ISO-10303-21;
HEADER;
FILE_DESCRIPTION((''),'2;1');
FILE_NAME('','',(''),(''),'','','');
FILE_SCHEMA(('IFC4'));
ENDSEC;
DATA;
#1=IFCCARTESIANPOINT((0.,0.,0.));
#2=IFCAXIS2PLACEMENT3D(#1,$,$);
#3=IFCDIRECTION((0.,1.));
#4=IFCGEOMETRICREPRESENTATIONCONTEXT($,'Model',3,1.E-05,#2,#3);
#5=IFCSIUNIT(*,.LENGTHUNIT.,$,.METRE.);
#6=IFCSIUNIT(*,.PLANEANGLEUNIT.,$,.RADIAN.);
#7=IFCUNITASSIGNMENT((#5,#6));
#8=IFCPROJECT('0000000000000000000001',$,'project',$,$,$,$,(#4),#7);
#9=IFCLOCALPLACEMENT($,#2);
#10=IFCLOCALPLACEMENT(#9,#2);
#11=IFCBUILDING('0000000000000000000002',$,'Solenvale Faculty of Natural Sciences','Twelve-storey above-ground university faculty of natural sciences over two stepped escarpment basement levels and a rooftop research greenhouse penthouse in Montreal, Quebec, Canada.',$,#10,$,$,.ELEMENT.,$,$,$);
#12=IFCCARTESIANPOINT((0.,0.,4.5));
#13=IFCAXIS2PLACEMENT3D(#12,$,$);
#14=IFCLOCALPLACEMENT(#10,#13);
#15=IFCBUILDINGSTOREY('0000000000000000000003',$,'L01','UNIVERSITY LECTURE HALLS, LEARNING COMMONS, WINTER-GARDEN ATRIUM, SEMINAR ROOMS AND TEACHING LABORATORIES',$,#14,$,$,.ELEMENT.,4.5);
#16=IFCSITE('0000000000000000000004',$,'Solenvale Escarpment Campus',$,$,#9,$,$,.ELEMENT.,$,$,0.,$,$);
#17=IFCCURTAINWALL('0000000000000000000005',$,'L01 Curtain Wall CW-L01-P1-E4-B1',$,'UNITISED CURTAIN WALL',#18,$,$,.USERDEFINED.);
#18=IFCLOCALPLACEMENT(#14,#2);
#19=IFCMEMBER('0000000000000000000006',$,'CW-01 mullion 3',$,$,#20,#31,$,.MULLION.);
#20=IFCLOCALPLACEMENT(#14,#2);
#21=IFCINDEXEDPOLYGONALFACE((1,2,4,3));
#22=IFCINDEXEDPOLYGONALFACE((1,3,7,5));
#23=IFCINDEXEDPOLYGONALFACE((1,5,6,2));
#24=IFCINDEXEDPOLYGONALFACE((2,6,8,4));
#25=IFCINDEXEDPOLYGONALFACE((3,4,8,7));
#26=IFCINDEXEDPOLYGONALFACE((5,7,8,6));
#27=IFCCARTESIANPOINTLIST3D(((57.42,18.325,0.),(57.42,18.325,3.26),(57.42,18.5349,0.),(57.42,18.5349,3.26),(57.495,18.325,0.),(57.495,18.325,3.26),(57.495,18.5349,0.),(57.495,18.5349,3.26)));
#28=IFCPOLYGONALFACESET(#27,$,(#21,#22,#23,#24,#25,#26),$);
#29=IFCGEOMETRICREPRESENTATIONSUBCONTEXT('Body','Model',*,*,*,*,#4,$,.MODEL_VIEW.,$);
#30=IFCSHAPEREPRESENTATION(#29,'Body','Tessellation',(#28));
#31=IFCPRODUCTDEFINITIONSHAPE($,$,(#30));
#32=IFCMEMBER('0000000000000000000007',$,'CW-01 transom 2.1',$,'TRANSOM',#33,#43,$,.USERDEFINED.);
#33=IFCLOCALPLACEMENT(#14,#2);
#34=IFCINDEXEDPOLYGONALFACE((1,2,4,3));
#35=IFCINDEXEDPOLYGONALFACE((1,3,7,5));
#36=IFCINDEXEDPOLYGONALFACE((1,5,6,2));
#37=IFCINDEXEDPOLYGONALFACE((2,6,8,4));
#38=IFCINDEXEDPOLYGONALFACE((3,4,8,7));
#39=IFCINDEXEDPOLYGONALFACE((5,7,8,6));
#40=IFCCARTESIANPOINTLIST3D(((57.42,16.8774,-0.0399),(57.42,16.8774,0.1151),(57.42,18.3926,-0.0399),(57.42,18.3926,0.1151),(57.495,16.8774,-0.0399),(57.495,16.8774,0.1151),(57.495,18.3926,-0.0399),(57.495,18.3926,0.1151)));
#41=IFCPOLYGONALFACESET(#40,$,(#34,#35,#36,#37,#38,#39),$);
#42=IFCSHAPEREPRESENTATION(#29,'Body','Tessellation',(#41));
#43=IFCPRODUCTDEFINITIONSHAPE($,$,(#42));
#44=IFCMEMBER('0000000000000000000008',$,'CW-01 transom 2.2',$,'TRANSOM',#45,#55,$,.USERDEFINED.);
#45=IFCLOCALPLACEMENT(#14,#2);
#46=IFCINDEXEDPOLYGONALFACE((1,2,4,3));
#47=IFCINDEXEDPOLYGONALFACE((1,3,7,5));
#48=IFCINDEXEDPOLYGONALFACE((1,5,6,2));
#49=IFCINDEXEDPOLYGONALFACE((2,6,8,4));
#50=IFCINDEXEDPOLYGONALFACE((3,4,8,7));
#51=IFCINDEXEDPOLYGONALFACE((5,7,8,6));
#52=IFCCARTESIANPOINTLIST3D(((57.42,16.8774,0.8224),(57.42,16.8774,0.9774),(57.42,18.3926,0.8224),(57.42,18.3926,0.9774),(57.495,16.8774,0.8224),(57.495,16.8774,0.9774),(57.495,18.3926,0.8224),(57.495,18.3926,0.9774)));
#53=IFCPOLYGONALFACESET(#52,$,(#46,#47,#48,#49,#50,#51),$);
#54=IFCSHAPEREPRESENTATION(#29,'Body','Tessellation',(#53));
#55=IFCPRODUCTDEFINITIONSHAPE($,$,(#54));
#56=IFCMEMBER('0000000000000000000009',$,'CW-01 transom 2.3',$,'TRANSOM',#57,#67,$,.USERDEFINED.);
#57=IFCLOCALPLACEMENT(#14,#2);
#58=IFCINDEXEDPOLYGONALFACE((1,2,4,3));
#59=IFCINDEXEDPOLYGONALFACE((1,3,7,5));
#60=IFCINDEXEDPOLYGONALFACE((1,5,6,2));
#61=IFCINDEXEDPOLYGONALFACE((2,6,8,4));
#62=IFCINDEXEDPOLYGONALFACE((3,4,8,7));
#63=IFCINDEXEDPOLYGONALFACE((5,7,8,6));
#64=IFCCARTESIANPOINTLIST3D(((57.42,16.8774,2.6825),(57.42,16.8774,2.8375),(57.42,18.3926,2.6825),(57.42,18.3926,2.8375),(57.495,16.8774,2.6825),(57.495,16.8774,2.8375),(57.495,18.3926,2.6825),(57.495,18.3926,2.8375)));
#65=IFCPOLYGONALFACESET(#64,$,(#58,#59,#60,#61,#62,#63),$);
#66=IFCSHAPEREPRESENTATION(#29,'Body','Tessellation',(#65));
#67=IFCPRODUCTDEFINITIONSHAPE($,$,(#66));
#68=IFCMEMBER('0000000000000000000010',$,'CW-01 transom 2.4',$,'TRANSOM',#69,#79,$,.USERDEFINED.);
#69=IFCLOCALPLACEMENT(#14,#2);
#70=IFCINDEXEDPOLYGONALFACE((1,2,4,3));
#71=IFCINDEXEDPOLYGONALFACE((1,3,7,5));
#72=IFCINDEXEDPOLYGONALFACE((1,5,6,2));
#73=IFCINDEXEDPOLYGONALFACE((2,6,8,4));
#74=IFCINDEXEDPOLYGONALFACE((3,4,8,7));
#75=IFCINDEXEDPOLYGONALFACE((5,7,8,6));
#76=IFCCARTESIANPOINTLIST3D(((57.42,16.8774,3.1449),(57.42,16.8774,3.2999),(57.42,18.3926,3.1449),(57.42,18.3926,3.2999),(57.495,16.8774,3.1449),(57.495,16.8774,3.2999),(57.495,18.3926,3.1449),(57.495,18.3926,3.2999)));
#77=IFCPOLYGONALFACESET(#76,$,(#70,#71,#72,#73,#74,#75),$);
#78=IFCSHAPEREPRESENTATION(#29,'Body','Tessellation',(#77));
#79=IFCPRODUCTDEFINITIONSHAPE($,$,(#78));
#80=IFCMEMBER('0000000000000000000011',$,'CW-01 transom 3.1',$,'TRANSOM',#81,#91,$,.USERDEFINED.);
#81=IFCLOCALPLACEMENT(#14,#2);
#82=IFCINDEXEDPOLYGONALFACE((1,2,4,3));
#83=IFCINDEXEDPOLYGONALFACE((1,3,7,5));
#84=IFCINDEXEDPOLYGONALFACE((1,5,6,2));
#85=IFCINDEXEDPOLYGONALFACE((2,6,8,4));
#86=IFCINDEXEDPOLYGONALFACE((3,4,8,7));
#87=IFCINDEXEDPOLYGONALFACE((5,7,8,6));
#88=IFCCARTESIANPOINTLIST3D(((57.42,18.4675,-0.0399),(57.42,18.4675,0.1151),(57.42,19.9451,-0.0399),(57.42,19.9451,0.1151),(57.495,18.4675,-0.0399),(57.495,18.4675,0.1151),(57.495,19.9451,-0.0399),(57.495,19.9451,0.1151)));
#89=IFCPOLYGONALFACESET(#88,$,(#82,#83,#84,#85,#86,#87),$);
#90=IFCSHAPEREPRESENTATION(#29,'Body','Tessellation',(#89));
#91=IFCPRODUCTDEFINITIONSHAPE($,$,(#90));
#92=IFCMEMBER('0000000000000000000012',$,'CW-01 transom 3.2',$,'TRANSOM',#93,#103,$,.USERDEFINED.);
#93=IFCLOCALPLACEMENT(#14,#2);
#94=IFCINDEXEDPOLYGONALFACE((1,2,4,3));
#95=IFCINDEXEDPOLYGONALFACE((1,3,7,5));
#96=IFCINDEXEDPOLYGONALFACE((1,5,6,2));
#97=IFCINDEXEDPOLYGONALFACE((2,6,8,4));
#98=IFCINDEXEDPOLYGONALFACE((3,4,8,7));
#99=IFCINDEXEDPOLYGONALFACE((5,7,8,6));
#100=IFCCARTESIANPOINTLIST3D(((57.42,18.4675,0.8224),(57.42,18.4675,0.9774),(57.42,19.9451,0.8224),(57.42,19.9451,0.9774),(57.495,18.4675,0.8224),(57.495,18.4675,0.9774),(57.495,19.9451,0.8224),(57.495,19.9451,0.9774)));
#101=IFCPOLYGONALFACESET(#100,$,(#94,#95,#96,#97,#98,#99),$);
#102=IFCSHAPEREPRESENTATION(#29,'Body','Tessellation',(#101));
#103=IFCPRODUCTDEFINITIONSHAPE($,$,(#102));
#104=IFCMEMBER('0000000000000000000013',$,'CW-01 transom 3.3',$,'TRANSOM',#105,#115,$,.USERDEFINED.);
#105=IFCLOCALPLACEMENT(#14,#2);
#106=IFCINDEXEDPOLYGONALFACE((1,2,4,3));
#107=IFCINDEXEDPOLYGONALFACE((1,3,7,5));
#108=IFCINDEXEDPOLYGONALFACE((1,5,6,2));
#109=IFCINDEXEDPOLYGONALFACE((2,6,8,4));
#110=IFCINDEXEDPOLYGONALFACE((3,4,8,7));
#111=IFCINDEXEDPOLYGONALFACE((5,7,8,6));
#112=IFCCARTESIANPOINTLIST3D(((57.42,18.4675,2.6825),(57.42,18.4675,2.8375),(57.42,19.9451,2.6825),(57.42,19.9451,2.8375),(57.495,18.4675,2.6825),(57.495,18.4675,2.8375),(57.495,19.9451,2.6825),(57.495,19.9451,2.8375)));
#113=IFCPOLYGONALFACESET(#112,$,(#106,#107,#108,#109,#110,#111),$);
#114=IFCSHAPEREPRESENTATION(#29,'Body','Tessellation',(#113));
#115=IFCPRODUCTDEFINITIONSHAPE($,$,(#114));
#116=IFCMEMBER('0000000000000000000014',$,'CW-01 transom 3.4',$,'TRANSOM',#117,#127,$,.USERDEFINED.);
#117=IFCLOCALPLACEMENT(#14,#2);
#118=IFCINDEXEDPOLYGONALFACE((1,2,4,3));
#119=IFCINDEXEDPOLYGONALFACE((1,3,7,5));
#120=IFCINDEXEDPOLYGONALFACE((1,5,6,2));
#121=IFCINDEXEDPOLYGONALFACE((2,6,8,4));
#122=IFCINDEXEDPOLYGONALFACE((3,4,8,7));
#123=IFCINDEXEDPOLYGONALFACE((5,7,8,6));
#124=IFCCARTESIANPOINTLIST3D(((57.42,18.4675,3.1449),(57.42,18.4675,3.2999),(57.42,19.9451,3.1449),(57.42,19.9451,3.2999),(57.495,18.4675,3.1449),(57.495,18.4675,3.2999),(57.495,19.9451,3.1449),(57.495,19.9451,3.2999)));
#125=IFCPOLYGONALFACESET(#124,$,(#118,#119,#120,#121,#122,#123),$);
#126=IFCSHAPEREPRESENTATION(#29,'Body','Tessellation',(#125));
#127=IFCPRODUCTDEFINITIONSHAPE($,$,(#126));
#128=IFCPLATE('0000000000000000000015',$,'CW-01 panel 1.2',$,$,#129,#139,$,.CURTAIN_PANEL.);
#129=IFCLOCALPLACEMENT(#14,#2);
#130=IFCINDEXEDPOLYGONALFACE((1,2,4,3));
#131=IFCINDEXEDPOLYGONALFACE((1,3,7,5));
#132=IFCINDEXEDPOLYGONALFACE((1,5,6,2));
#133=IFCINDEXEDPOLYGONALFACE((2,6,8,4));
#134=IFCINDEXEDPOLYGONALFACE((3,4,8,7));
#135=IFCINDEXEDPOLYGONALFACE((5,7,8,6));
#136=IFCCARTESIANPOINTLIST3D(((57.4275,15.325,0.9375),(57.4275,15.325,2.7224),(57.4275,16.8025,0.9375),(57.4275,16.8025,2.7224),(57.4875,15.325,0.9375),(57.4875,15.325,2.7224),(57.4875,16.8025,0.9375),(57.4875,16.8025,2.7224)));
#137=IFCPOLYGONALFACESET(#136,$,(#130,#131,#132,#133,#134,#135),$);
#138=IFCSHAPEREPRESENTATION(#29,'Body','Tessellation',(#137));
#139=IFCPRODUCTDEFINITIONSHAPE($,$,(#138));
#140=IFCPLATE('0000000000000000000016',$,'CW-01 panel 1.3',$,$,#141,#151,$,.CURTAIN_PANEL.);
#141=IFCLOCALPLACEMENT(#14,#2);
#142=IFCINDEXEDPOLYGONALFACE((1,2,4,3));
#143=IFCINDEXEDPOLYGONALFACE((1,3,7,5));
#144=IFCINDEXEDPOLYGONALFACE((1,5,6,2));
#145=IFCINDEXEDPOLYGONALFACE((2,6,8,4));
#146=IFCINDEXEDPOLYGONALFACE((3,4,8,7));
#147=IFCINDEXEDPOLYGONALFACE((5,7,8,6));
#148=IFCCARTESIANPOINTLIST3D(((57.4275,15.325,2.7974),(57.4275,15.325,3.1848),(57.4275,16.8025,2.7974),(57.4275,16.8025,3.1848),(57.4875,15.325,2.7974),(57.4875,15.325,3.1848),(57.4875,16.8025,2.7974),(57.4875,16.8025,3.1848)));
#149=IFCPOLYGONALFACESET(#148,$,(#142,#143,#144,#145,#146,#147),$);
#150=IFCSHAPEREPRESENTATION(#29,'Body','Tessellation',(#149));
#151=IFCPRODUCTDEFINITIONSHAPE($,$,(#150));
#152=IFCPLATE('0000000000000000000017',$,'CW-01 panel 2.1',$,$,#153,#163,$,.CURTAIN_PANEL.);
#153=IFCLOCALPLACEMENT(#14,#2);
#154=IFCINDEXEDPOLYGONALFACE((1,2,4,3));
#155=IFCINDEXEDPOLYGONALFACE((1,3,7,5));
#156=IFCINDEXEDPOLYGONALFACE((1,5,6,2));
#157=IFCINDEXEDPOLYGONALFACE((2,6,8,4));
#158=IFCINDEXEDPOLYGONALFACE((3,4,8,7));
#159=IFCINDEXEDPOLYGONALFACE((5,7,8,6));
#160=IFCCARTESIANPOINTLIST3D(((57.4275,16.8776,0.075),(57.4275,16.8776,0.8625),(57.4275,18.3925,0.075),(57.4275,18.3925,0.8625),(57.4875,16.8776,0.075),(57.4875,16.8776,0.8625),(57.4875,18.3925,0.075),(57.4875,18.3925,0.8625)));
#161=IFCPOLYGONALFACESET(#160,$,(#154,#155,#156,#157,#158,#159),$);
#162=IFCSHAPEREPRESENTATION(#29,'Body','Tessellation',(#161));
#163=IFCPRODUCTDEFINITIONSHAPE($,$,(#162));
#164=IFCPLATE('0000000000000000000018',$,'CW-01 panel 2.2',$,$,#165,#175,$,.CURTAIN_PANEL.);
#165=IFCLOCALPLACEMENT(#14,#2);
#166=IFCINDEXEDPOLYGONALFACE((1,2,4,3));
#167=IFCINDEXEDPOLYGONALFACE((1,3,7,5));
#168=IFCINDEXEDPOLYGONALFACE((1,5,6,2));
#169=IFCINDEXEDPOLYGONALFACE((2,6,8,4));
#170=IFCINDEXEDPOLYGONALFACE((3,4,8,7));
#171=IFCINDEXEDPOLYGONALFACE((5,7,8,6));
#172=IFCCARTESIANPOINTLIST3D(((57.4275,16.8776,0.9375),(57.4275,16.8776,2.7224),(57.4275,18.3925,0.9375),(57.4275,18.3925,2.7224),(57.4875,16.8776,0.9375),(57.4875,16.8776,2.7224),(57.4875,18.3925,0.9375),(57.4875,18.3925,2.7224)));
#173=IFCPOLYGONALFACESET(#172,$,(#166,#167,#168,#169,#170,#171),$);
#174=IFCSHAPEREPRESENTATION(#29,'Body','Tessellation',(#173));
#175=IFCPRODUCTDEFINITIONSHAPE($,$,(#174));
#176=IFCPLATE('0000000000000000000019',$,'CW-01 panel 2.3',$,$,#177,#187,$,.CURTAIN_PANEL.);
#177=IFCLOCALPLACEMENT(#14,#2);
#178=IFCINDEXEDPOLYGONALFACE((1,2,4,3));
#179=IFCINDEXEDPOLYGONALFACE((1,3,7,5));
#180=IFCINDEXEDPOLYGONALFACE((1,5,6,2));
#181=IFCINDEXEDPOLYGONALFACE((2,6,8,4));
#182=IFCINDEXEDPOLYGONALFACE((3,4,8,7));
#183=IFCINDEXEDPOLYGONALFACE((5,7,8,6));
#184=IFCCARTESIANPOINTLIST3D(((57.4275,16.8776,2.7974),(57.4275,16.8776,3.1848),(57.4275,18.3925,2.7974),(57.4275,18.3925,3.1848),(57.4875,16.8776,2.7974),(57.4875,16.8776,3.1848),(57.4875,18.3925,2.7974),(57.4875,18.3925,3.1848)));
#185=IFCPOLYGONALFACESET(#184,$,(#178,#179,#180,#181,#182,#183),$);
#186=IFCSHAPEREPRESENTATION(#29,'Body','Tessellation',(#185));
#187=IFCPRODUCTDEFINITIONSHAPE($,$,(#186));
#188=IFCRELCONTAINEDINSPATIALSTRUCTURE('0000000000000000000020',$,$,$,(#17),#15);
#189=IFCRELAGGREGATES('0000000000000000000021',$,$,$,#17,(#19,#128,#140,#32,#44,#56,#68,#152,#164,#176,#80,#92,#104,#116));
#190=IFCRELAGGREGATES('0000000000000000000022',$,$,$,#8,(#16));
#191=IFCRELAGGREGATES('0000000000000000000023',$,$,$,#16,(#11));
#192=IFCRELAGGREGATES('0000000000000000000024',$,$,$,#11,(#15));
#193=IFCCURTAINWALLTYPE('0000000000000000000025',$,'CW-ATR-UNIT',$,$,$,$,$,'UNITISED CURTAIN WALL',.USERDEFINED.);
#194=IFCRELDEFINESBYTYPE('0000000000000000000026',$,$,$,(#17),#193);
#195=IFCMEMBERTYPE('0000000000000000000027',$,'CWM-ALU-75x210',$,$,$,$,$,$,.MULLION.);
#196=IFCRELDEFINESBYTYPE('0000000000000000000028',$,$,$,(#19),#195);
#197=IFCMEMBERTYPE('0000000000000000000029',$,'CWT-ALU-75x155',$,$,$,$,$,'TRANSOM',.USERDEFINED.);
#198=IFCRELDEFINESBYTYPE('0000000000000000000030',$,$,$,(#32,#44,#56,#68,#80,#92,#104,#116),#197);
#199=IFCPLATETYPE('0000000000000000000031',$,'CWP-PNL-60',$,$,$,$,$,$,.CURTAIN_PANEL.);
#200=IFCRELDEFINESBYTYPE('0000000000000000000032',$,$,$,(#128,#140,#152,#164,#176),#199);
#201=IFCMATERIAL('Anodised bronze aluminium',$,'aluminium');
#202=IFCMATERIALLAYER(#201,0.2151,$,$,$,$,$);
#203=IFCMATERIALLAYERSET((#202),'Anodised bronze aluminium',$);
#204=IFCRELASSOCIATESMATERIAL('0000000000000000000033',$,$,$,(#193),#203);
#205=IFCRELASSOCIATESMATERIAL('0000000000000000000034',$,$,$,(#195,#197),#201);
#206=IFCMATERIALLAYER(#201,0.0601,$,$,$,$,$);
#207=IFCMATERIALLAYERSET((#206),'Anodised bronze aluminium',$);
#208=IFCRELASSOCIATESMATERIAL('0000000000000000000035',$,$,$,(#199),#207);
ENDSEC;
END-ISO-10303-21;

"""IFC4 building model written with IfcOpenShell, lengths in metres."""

from ifc_helpers import new_model, si_unit, direction, frame, origin, origin_2d, place, context, subcontext, project, spatial, rectangle, extrude, material, layer, layer_set, material_profile, profile_set, type_object, element, aggregate, save


model = new_model("IFC4")

# Units and contexts
model_context = context("Model", 3, precision=1e-05, world=origin(), true_north=direction((0.0, 1.0)))
body_context = subcontext(model_context, "Body", "Model", "MODEL_VIEW")
ifc_project = project(units=[si_unit("LENGTHUNIT", "METRE"), si_unit("PLANEANGLEUNIT", "RADIAN")], contexts=[model_context])

# Site, building, storey
site_placement = place(None, origin())
site = spatial("IfcSite", under=ifc_project, at=site_placement, Name="Solenvale Escarpment Campus", CompositionType="ELEMENT", RefElevation=0.0)
building_placement = place(site_placement, origin())
building = spatial("IfcBuilding", under=site, at=building_placement, Name="Solenvale Faculty of Natural Sciences", Description="Twelve-storey above-ground university faculty of natural sciences over two stepped escarpment basement levels and a rooftop research greenhouse penthouse in Montreal, Quebec, Canada.", CompositionType="ELEMENT")
storey_placement = place(building_placement, frame((0.0, 0.0, 4.5)))
storey = spatial("IfcBuildingStorey", under=building, at=storey_placement, Name="L01", Description="UNIVERSITY LECTURE HALLS, LEARNING COMMONS, WINTER-GARDEN ATRIUM, SEMINAR ROOMS AND TEACHING LABORATORIES", CompositionType="ELEMENT", Elevation=4.5)

# Curtain wall, members, plates
ifc_material_1 = material(Name="Anodised bronze aluminium", Category="aluminium")
ifc_layer_1 = layer(ifc_material_1, 0.2151)
ifc_layer_set_1 = layer_set([ifc_layer_1], Name="Anodised bronze aluminium")
curtain_wall_type = type_object("IfcCurtainWallType", Name="CW-ATR-UNIT", ElementType="UNITISED CURTAIN WALL", PredefinedType="USERDEFINED", material=ifc_layer_set_1)
curtain_wall_placement = place(storey_placement, origin())
curtain_wall = element("IfcCurtainWall", 1, at=curtain_wall_placement, inside=storey, type_object=curtain_wall_type, Name="L01 Curtain Wall CW-L01-P1-E4-B1", ObjectType="UNITISED CURTAIN WALL", PredefinedType="USERDEFINED")
ifc_material_profile_1 = material_profile(ifc_material_1, rectangle(XDim=0.075, YDim=0.21, at=origin_2d()), Name="ALU-MUL-75x210")
ifc_profile_set_1 = profile_set([ifc_material_profile_1], Name="Anodised bronze aluminium")
member_type_1 = type_object("IfcMemberType", Name="CWM-ALU-75x210", PredefinedType="MULLION", material=ifc_profile_set_1)
member_1_placement = place(storey_placement, frame((57.4575, 18.4299, 0.0), z_axis=(0.0, 0.0, 1.0), x_axis=(-1.0, 0.0, 0.0)))
member_1 = element("IfcMember", 2, at=member_1_placement, type_object=member_type_1, Name="CW-01 mullion 3", PredefinedType="MULLION", context=body_context, shape_type="SweptSolid", body=[
    extrude(rectangle(XDim=0.075, YDim=0.21, at=origin_2d()), origin(), (0.0, 0.0, 1.0), 3.26),
])
ifc_material_profile_2 = material_profile(ifc_material_1, rectangle(XDim=0.075, YDim=0.155, at=origin_2d()), Name="ALU-TRN-75x155")
ifc_profile_set_2 = profile_set([ifc_material_profile_2], Name="Anodised bronze aluminium")
member_type_2 = type_object("IfcMemberType", Name="CWT-ALU-75x155", ElementType="TRANSOM", PredefinedType="USERDEFINED", material=ifc_profile_set_2)
member_2_placement = place(storey_placement, frame((57.4575, 16.8774, 0.0376), z_axis=(0.0, 1.0, 0.0), x_axis=(-1.0, 0.0, 0.0)))
member_2 = element("IfcMember", 3, at=member_2_placement, type_object=member_type_2, Name="CW-01 transom 2.1", ObjectType="TRANSOM", PredefinedType="USERDEFINED", context=body_context, shape_type="SweptSolid", body=[
    extrude(rectangle(XDim=0.075, YDim=0.155, at=origin_2d()), origin(), (0.0, 0.0, 1.0), 1.5151),
])
member_3_placement = place(storey_placement, frame((57.4575, 16.8774, 0.8999), z_axis=(0.0, 1.0, 0.0), x_axis=(-1.0, 0.0, 0.0)))
member_3 = element("IfcMember", 4, at=member_3_placement, type_object=member_type_2, Name="CW-01 transom 2.2", ObjectType="TRANSOM", PredefinedType="USERDEFINED", context=body_context, shape_type="SweptSolid", body=[
    extrude(rectangle(XDim=0.075, YDim=0.155, at=origin_2d()), origin(), (0.0, 0.0, 1.0), 1.5151),
])
member_4_placement = place(storey_placement, frame((57.4575, 16.8774, 2.76), z_axis=(0.0, 1.0, 0.0), x_axis=(-1.0, 0.0, 0.0)))
member_4 = element("IfcMember", 5, at=member_4_placement, type_object=member_type_2, Name="CW-01 transom 2.3", ObjectType="TRANSOM", PredefinedType="USERDEFINED", context=body_context, shape_type="SweptSolid", body=[
    extrude(rectangle(XDim=0.075, YDim=0.155, at=origin_2d()), origin(), (0.0, 0.0, 1.0), 1.5151),
])
member_5_placement = place(storey_placement, frame((57.4575, 16.8774, 3.2224), z_axis=(0.0, 1.0, 0.0), x_axis=(-1.0, 0.0, 0.0)))
member_5 = element("IfcMember", 6, at=member_5_placement, type_object=member_type_2, Name="CW-01 transom 2.4", ObjectType="TRANSOM", PredefinedType="USERDEFINED", context=body_context, shape_type="SweptSolid", body=[
    extrude(rectangle(XDim=0.075, YDim=0.155, at=origin_2d()), origin(), (0.0, 0.0, 1.0), 1.5151),
])
member_6_placement = place(storey_placement, frame((57.4575, 18.4675, 0.0376), z_axis=(0.0, 1.0, 0.0), x_axis=(-1.0, 0.0, 0.0)))
member_6 = element("IfcMember", 7, at=member_6_placement, type_object=member_type_2, Name="CW-01 transom 3.1", ObjectType="TRANSOM", PredefinedType="USERDEFINED", context=body_context, shape_type="SweptSolid", body=[
    extrude(rectangle(XDim=0.075, YDim=0.155, at=origin_2d()), origin(), (0.0, 0.0, 1.0), 1.4775),
])
member_7_placement = place(storey_placement, frame((57.4575, 18.4675, 0.8999), z_axis=(0.0, 1.0, 0.0), x_axis=(-1.0, 0.0, 0.0)))
member_7 = element("IfcMember", 8, at=member_7_placement, type_object=member_type_2, Name="CW-01 transom 3.2", ObjectType="TRANSOM", PredefinedType="USERDEFINED", context=body_context, shape_type="SweptSolid", body=[
    extrude(rectangle(XDim=0.075, YDim=0.155, at=origin_2d()), origin(), (0.0, 0.0, 1.0), 1.4775),
])
member_8_placement = place(storey_placement, frame((57.4575, 18.4675, 2.76), z_axis=(0.0, 1.0, 0.0), x_axis=(-1.0, 0.0, 0.0)))
member_8 = element("IfcMember", 9, at=member_8_placement, type_object=member_type_2, Name="CW-01 transom 3.3", ObjectType="TRANSOM", PredefinedType="USERDEFINED", context=body_context, shape_type="SweptSolid", body=[
    extrude(rectangle(XDim=0.075, YDim=0.155, at=origin_2d()), origin(), (0.0, 0.0, 1.0), 1.4775),
])
member_9_placement = place(storey_placement, frame((57.4575, 18.4675, 3.2224), z_axis=(0.0, 1.0, 0.0), x_axis=(-1.0, 0.0, 0.0)))
member_9 = element("IfcMember", 10, at=member_9_placement, type_object=member_type_2, Name="CW-01 transom 3.4", ObjectType="TRANSOM", PredefinedType="USERDEFINED", context=body_context, shape_type="SweptSolid", body=[
    extrude(rectangle(XDim=0.075, YDim=0.155, at=origin_2d()), origin(), (0.0, 0.0, 1.0), 1.4775),
])
ifc_layer_2 = layer(ifc_material_1, 0.0601)
ifc_layer_set_2 = layer_set([ifc_layer_2], Name="Anodised bronze aluminium")
plate_type = type_object("IfcPlateType", Name="CWP-PNL-60", PredefinedType="CURTAIN_PANEL", material=ifc_layer_set_2)
plate_1_placement = place(storey_placement, frame((57.4575, 16.0637, 0.9375), z_axis=(0.0, 0.0, 1.0), x_axis=(0.0, 1.0, 0.0)))
plate_1 = element("IfcPlate", 11, at=plate_1_placement, type_object=plate_type, Name="CW-01 panel 1.2", PredefinedType="CURTAIN_PANEL", context=body_context, shape_type="SweptSolid", body=[
    extrude(rectangle(XDim=1.4775, YDim=0.0601, at=origin_2d()), origin(), (0.0, 0.0, 1.0), 1.7849),
])
plate_2_placement = place(storey_placement, frame((57.4575, 16.0637, 2.7974), z_axis=(0.0, 0.0, 1.0), x_axis=(0.0, 1.0, 0.0)))
plate_2 = element("IfcPlate", 12, at=plate_2_placement, type_object=plate_type, Name="CW-01 panel 1.3", PredefinedType="CURTAIN_PANEL", context=body_context, shape_type="SweptSolid", body=[
    extrude(rectangle(XDim=1.4775, YDim=0.0601, at=origin_2d()), origin(), (0.0, 0.0, 1.0), 0.3875),
])
plate_3_placement = place(storey_placement, frame((57.4575, 17.635, 0.075), z_axis=(0.0, 0.0, 1.0), x_axis=(0.0, 1.0, 0.0)))
plate_3 = element("IfcPlate", 13, at=plate_3_placement, type_object=plate_type, Name="CW-01 panel 2.1", PredefinedType="CURTAIN_PANEL", context=body_context, shape_type="SweptSolid", body=[
    extrude(rectangle(XDim=1.5149, YDim=0.0601, at=origin_2d()), origin(), (0.0, 0.0, 1.0), 0.7876),
])
plate_4_placement = place(storey_placement, frame((57.4575, 17.635, 0.9375), z_axis=(0.0, 0.0, 1.0), x_axis=(0.0, 1.0, 0.0)))
plate_4 = element("IfcPlate", 14, at=plate_4_placement, type_object=plate_type, Name="CW-01 panel 2.2", PredefinedType="CURTAIN_PANEL", context=body_context, shape_type="SweptSolid", body=[
    extrude(rectangle(XDim=1.5149, YDim=0.0601, at=origin_2d()), origin(), (0.0, 0.0, 1.0), 1.7849),
])
plate_5_placement = place(storey_placement, frame((57.4575, 17.635, 2.7974), z_axis=(0.0, 0.0, 1.0), x_axis=(0.0, 1.0, 0.0)))
plate_5 = element("IfcPlate", 15, at=plate_5_placement, type_object=plate_type, Name="CW-01 panel 2.3", PredefinedType="CURTAIN_PANEL", context=body_context, shape_type="SweptSolid", body=[
    extrude(rectangle(XDim=1.5149, YDim=0.0601, at=origin_2d()), origin(), (0.0, 0.0, 1.0), 0.3875),
])
aggregate(curtain_wall, [member_1, plate_1, plate_2, member_2, member_3, member_4, member_5, plate_3, plate_4, plate_5, member_6, member_7, member_8, member_9])

save(model, "model.ifc")
